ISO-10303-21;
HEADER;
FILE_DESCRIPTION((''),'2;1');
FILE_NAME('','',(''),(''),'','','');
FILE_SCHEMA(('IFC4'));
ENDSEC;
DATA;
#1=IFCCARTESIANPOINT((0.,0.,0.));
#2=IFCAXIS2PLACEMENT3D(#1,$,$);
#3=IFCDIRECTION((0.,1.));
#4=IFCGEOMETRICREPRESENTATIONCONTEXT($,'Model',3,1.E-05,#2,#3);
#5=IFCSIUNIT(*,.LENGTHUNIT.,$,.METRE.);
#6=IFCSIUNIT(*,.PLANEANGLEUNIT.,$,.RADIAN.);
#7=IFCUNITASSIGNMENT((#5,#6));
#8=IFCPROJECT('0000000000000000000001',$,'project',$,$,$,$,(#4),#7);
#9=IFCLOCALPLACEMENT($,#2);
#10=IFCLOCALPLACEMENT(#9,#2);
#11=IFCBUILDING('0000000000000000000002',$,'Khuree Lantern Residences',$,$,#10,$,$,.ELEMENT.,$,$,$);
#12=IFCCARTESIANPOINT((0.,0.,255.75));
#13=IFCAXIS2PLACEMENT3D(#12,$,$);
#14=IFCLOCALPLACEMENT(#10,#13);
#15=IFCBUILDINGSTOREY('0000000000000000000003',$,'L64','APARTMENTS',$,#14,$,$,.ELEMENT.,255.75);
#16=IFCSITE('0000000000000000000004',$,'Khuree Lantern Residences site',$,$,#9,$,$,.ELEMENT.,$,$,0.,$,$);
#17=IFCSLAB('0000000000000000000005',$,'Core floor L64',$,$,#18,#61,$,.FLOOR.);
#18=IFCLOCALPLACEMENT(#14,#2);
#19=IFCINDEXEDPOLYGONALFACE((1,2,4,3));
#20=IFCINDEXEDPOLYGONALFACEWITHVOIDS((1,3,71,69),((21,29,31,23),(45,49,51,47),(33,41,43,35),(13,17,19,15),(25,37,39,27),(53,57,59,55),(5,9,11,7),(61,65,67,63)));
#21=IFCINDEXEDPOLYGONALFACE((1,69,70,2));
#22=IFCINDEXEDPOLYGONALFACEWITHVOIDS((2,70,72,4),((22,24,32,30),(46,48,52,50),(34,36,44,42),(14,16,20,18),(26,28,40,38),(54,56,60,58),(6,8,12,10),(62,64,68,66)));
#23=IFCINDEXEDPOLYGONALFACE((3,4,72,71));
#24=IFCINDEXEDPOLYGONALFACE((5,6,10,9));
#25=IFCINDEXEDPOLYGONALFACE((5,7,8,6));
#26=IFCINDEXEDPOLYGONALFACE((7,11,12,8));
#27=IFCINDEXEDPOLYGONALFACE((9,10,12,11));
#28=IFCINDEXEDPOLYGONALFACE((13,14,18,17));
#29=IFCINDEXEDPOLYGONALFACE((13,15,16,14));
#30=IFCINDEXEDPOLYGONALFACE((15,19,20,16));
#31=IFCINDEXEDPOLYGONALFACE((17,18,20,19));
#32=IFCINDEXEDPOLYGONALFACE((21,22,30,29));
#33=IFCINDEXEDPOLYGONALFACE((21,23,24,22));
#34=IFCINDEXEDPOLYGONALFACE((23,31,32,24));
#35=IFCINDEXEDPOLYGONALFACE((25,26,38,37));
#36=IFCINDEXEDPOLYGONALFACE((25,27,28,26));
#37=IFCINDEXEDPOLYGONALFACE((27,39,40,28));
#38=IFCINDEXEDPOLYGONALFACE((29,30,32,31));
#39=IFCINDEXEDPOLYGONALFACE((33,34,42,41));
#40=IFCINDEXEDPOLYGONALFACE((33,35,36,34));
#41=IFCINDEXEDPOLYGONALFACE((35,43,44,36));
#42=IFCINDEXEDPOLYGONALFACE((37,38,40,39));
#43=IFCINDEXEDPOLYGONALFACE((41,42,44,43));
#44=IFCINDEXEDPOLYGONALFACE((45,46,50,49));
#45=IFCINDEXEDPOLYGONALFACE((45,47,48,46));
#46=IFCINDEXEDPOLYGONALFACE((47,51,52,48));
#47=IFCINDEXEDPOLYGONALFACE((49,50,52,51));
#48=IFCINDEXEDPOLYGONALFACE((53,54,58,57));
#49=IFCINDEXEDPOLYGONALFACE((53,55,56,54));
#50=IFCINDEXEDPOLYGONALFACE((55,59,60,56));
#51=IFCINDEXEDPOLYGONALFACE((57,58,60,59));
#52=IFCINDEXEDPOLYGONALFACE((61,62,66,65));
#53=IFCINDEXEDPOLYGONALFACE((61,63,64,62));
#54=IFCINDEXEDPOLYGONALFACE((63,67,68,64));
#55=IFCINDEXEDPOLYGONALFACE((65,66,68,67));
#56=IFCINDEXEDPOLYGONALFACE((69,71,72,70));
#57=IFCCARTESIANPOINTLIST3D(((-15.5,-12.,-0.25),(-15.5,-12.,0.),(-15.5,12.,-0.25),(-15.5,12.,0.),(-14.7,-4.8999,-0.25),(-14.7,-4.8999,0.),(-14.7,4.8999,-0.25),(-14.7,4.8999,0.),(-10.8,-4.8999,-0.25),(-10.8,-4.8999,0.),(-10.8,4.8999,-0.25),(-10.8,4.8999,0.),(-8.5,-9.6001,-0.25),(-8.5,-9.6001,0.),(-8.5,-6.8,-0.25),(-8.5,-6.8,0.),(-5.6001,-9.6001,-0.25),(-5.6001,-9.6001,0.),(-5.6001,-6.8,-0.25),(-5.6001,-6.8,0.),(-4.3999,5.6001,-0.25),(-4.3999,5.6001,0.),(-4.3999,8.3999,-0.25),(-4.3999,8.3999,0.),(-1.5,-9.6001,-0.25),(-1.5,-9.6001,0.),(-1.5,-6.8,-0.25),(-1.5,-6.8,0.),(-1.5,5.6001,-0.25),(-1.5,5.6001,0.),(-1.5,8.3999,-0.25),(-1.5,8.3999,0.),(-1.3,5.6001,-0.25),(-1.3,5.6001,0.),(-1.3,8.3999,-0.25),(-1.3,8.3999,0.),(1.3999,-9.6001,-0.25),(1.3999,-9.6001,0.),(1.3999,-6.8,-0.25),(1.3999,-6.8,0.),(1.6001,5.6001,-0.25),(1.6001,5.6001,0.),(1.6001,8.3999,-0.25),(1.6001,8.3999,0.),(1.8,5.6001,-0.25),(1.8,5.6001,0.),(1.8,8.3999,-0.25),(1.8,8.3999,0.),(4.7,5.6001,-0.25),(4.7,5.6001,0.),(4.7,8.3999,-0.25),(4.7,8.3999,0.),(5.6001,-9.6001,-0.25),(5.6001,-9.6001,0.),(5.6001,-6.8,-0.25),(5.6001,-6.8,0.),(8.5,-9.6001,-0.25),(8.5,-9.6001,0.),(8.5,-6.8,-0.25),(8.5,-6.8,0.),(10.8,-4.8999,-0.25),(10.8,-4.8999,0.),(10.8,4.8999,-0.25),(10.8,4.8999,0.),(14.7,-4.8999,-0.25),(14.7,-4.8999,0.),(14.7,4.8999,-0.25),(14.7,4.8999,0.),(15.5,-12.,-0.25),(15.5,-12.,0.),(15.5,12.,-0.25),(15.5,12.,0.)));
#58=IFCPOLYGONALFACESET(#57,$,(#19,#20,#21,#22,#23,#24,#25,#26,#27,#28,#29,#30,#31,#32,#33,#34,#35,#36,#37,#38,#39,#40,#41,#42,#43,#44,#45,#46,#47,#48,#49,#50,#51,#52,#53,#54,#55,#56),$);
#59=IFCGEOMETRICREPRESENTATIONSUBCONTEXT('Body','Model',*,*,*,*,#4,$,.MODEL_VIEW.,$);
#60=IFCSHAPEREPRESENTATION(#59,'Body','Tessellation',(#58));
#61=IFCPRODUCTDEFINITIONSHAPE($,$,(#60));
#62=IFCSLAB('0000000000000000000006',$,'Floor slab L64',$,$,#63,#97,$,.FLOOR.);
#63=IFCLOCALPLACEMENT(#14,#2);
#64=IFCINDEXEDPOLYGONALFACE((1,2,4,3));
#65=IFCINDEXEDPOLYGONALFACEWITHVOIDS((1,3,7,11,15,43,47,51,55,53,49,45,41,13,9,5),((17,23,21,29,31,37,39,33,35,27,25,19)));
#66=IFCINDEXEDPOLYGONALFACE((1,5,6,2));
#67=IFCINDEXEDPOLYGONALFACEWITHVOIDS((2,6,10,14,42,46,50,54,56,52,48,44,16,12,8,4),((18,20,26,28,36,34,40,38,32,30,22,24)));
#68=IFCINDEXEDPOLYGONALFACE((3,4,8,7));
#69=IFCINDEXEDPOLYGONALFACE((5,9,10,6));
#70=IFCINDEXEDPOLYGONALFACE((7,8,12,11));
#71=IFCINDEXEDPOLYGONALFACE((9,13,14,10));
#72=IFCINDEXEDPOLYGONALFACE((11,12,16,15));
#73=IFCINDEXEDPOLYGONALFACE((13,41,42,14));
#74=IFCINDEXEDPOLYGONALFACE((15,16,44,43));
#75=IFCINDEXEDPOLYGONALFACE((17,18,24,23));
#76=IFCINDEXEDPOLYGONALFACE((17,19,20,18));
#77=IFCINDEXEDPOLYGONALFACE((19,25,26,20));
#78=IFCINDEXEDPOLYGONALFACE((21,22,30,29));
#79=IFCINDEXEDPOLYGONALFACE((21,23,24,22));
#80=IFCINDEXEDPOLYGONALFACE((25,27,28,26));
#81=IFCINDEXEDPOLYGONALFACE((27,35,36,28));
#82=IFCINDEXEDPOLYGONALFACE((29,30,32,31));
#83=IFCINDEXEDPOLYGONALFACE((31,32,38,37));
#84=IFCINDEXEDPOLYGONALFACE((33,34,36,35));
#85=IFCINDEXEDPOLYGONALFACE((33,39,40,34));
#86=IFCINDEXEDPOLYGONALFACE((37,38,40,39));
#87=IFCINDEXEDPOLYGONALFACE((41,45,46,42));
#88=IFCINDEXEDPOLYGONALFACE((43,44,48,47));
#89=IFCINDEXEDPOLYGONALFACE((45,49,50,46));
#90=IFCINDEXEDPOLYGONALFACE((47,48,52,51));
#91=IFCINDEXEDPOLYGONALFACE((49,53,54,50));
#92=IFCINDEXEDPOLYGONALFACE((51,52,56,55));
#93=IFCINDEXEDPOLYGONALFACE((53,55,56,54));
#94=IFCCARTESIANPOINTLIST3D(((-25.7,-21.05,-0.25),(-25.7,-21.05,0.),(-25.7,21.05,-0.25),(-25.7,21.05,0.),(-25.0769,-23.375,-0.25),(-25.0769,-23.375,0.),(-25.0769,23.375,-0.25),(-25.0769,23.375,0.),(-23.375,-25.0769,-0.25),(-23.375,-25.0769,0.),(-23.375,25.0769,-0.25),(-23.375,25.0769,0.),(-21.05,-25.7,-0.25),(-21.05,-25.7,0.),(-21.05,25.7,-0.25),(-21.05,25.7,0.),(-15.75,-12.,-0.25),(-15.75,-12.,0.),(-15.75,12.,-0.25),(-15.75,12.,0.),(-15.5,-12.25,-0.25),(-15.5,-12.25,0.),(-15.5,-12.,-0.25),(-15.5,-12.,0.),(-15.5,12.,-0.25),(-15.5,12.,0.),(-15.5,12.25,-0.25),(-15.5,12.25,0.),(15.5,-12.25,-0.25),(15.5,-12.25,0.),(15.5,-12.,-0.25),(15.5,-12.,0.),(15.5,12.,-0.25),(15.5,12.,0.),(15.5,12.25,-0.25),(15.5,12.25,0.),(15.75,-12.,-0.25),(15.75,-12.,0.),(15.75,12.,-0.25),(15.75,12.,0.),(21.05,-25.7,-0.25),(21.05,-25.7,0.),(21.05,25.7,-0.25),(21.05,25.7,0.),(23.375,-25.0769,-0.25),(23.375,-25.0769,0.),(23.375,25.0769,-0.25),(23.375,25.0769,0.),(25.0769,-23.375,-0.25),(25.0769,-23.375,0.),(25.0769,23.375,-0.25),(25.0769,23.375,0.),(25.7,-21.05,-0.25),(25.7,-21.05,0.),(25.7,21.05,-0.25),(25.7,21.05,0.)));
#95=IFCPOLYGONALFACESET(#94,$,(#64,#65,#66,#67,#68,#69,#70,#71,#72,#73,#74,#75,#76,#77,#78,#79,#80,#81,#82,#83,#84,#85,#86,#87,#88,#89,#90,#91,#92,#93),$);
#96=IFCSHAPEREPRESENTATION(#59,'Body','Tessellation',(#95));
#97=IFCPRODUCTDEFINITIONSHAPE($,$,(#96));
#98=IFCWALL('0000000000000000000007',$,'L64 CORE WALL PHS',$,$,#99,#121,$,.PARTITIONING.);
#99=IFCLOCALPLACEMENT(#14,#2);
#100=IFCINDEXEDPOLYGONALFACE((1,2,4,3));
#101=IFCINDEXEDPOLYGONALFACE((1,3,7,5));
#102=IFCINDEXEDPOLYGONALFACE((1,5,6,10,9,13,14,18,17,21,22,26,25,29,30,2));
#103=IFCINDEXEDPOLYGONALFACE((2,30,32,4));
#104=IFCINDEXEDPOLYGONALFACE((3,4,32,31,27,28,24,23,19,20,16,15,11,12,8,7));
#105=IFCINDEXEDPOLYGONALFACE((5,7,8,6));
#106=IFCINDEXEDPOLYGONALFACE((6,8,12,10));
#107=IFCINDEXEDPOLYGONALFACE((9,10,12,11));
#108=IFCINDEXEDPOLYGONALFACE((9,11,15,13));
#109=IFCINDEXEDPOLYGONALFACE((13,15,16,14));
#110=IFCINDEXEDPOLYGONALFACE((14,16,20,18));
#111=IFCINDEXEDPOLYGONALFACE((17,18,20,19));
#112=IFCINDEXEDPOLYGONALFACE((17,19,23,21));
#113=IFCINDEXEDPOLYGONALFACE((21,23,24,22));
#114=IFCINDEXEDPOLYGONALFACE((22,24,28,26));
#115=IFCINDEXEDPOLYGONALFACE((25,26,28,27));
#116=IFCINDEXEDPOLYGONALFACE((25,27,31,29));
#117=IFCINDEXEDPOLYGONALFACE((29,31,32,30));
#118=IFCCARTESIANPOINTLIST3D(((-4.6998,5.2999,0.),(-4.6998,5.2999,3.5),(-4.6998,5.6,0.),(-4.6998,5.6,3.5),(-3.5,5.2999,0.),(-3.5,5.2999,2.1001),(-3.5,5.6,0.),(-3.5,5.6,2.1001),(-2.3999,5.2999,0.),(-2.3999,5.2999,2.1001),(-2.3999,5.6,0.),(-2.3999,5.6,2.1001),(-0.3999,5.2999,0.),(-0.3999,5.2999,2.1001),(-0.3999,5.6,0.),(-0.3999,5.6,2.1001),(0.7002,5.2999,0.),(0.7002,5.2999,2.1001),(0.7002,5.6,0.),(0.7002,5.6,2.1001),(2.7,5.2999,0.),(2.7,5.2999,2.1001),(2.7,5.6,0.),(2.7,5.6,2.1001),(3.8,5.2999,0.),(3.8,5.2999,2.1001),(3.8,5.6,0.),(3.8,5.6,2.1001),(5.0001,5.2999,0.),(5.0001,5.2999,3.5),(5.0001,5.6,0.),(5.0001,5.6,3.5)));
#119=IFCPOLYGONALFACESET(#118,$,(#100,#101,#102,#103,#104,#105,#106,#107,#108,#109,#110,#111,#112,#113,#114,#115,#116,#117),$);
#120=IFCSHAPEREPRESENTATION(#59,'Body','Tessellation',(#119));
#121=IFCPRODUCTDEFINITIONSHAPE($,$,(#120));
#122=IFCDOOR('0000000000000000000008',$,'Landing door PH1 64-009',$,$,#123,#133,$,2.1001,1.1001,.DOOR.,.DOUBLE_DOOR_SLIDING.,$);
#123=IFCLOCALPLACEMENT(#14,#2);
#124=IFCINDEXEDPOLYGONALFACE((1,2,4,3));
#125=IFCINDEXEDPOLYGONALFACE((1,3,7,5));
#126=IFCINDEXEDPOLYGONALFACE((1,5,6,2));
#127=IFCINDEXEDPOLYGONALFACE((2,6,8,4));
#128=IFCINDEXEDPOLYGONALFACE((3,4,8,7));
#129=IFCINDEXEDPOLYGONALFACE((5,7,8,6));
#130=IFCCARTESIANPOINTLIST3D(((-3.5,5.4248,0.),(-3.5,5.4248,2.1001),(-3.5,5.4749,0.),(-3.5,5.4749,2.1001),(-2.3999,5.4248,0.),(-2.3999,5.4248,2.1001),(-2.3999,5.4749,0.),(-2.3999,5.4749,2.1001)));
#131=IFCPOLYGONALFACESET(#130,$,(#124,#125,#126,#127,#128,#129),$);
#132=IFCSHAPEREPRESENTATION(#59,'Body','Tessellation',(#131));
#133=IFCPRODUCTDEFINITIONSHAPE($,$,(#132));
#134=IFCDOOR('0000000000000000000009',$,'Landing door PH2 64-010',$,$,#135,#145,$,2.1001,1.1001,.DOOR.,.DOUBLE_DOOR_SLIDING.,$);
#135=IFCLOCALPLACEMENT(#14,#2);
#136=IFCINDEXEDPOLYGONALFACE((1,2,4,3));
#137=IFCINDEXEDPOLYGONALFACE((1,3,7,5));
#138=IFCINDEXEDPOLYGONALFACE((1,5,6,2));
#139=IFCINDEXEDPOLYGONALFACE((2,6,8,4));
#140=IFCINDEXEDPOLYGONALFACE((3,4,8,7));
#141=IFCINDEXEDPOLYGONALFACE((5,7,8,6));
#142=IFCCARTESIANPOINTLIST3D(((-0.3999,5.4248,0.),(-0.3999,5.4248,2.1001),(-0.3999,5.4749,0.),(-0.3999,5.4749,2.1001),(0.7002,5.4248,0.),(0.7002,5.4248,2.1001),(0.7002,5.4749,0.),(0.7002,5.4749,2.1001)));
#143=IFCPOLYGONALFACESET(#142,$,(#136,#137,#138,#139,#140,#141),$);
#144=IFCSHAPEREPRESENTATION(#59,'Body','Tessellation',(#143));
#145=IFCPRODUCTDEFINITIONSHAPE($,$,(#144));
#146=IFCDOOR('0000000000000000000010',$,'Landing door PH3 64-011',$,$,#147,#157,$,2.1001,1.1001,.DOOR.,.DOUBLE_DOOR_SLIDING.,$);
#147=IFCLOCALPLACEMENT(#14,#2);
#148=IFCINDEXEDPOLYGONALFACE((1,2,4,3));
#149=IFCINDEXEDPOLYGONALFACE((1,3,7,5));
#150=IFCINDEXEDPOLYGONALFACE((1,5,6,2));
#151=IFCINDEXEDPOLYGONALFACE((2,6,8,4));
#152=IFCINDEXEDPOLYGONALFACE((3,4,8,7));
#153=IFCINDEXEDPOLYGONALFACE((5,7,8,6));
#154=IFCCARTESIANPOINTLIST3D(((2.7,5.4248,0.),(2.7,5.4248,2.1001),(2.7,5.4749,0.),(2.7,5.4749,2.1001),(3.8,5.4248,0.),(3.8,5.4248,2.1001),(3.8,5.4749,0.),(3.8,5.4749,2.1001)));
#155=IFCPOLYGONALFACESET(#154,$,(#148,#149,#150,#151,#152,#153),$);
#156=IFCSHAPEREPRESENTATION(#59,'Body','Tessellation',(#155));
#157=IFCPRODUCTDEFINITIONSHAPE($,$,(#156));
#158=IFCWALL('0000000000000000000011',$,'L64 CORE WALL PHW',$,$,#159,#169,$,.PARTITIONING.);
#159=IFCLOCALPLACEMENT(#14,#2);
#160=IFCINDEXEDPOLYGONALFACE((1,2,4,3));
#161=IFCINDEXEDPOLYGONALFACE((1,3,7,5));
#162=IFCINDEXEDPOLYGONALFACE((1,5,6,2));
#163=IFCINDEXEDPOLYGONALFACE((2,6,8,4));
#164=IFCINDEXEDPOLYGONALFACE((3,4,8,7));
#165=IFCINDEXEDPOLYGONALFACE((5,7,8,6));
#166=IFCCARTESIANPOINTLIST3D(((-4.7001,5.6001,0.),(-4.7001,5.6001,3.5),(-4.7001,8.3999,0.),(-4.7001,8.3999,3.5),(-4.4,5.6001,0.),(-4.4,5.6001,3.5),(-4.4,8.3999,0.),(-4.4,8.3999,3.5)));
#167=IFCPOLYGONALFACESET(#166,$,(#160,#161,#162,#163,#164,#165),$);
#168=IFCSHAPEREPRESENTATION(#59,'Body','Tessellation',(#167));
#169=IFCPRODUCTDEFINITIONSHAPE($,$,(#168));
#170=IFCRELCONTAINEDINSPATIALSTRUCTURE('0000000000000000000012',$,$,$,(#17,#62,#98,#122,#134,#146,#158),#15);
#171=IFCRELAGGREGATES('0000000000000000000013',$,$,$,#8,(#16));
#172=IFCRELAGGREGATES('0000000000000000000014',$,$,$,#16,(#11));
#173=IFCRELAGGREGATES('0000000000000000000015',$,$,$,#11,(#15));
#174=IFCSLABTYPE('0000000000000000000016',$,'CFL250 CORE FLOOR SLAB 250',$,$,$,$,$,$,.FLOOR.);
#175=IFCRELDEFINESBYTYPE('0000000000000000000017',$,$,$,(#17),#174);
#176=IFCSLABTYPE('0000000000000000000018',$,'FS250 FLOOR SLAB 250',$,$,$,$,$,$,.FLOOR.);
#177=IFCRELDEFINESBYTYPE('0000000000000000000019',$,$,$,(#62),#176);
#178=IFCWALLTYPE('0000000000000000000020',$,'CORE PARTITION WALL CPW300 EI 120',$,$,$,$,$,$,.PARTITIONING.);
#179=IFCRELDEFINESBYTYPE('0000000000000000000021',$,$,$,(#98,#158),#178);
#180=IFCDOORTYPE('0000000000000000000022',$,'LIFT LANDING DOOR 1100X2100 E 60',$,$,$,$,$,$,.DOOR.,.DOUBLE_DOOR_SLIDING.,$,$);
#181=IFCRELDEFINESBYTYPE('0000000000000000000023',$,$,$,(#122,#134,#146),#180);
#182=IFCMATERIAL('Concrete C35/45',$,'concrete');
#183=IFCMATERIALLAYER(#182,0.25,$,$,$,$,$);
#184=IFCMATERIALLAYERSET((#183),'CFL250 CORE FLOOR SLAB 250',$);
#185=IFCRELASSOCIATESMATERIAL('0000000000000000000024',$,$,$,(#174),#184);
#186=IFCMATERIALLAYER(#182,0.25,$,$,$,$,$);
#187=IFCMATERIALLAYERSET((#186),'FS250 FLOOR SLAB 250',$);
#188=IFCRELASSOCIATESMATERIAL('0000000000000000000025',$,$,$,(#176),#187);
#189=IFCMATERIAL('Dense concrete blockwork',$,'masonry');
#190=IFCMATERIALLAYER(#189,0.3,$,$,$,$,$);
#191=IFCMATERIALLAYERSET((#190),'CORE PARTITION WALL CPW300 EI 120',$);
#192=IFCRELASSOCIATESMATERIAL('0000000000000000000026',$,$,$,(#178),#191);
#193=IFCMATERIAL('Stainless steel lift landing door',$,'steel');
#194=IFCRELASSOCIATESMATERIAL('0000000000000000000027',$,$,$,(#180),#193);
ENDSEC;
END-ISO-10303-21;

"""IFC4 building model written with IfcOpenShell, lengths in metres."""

from ifc_helpers import new_model, si_unit, direction, frame, frame_2d, origin, place, context, subcontext, project, spatial, polyline, rectangle, outline, extrude, material, layer, layer_set, type_object, element, fill, save


model = new_model("IFC4")

# Units and contexts
model_context = context("Model", 3, precision=1e-05, world=origin(), true_north=direction((0.0, 1.0)))
body_context = subcontext(model_context, "Body", "Model", "MODEL_VIEW")
ifc_project = project(units=[si_unit("LENGTHUNIT", "METRE"), si_unit("PLANEANGLEUNIT", "RADIAN")], contexts=[model_context])

# Site, building, storey
site_placement = place(None, origin())
site = spatial("IfcSite", under=ifc_project, at=site_placement, Name="Khuree Lantern Residences site", CompositionType="ELEMENT", RefElevation=0.0)
building_placement = place(site_placement, origin())
building = spatial("IfcBuilding", under=site, at=building_placement, Name="Khuree Lantern Residences", CompositionType="ELEMENT")
storey_placement = place(building_placement, frame((0.0, 0.0, 255.75)))
storey = spatial("IfcBuildingStorey", under=building, at=storey_placement, Name="L64", Description="APARTMENTS", CompositionType="ELEMENT", Elevation=255.75)

# Slabs
ifc_material_1 = material(Name="Concrete C35/45", Category="concrete")
ifc_layer_1 = layer(ifc_material_1, 0.25)
ifc_layer_set_1 = layer_set([ifc_layer_1], Name="CFL250 CORE FLOOR SLAB 250")
slab_type_1 = type_object("IfcSlabType", Name="CFL250 CORE FLOOR SLAB 250", PredefinedType="FLOOR", material=ifc_layer_set_1)
slab_1_placement = place(storey_placement, frame((0.0, 0.0, -0.25)))
element("IfcSlab", 1, at=slab_1_placement, inside=storey, type_object=slab_type_1, Name="Core floor L64", PredefinedType="FLOOR", context=body_context, shape_type="SweptSolid", body=[
    extrude(outline(polyline([(-15.5, -12.0), (-15.5, 12.0), (15.5, 12.0), (15.5, -12.0), (-15.5, -12.0)]), holes=[polyline([(10.8, 4.8999), (10.8, -4.8999), (14.7, -4.8999), (14.7, 4.8999), (10.8, 4.8999)]), polyline([(5.6001, -6.8), (5.6001, -9.6001), (8.5, -9.6001), (8.5, -6.8), (5.6001, -6.8)]), polyline([(1.8, 8.3999), (1.8, 5.6001), (4.7, 5.6001), (4.7, 8.3999), (1.8, 8.3999)]), polyline([(-1.3, 8.3999), (-1.3, 5.6001), (1.6001, 5.6001), (1.6001, 8.3999), (-1.3, 8.3999)]), polyline([(-1.5, -6.8), (-1.5, -9.6001), (1.3999, -9.6001), (1.3999, -6.8), (-1.5, -6.8)]), polyline([(-4.3999, 8.3999), (-4.3999, 5.6001), (-1.5, 5.6001), (-1.5, 8.3999), (-4.3999, 8.3999)]), polyline([(-8.5, -6.8), (-8.5, -9.6001), (-5.6001, -9.6001), (-5.6001, -6.8), (-8.5, -6.8)]), polyline([(-14.7, 4.8999), (-14.7, -4.8999), (-10.8, -4.8999), (-10.8, 4.8999), (-14.7, 4.8999)])]), origin(), (0.0, 0.0, 1.0), 0.25),
])
ifc_layer_2 = layer(ifc_material_1, 0.25)
ifc_layer_set_2 = layer_set([ifc_layer_2], Name="FS250 FLOOR SLAB 250")
slab_type_2 = type_object("IfcSlabType", Name="FS250 FLOOR SLAB 250", PredefinedType="FLOOR", material=ifc_layer_set_2)
slab_2_placement = place(storey_placement, frame((0.0, 0.0, -0.25)))
element("IfcSlab", 2, at=slab_2_placement, inside=storey, type_object=slab_type_2, Name="Floor slab L64", PredefinedType="FLOOR", context=body_context, shape_type="SweptSolid", body=[
    extrude(outline(polyline([(-23.375, -25.0769), (-25.0769, -23.375), (-25.7, -21.05), (-25.7, 21.05), (-25.0769, 23.375), (-23.375, 25.0769), (-21.05, 25.7), (21.05, 25.7), (23.375, 25.0769), (25.0769, 23.375), (25.7, 21.05), (25.7, -21.05), (25.0769, -23.375), (23.375, -25.0769), (21.05, -25.7), (-21.05, -25.7), (-23.375, -25.0769)]), holes=[polyline([(15.75, 12.0), (15.5, 12.0), (15.5, 12.25), (-15.5, 12.25), (-15.5, 12.0), (-15.75, 12.0), (-15.75, -12.0), (-15.5, -12.0), (-15.5, -12.25), (15.5, -12.25), (15.5, -12.0), (15.75, -12.0), (15.75, 12.0)])]), origin(), (0.0, 0.0, 1.0), 0.25),
])

# Wall, openings, doors
ifc_material_2 = material(Name="Dense concrete blockwork", Category="masonry")
ifc_layer_3 = layer(ifc_material_2, 0.3)
ifc_layer_set_3 = layer_set([ifc_layer_3], Name="CORE PARTITION WALL CPW300 EI 120")
wall_type_1 = type_object("IfcWallType", Name="CORE PARTITION WALL CPW300 EI 120", PredefinedType="PARTITIONING", material=ifc_layer_set_3)
wall_1_placement = place(storey_placement, frame((-4.7, 5.45, 0.0), z_axis=(0.0, 0.0, 1.0), x_axis=(1.0, 0.0, 0.0)))
wall_1 = element("IfcWall", 3, at=wall_1_placement, inside=storey, type_object=wall_type_1, Name="L64 CORE WALL PHS", PredefinedType="PARTITIONING", context=body_context, shape_type="SweptSolid", body=[
    extrude(rectangle(XDim=9.7, YDim=0.3, at=frame_2d((4.8501, 0.0))), origin(), (0.0, 0.0, 1.0), 3.5),
])
opening_1_placement = place(wall_1_placement, frame((1.2, 0.0, 0.0)))
opening_1 = element("IfcOpeningElement", 4, at=opening_1_placement, cuts=wall_1, PredefinedType="OPENING", context=body_context, shape_type="SweptSolid", body=[
    extrude(rectangle(XDim=1.1001, YDim=2.1001, at=frame_2d((0.55, 1.05))), frame((0.0, 0.1602, 0.0), z_axis=(0.0, -1.0, 0.0), x_axis=(1.0, 0.0, 0.0)), (0.0, 0.0, 1.0), 0.3201),
])
opening_2_placement = place(wall_1_placement, frame((4.3, 0.0, 0.0)))
opening_2 = element("IfcOpeningElement", 5, at=opening_2_placement, cuts=wall_1, PredefinedType="OPENING", context=body_context, shape_type="SweptSolid", body=[
    extrude(rectangle(XDim=1.1001, YDim=2.1001, at=frame_2d((0.55, 1.05))), frame((0.0, 0.1602, 0.0), z_axis=(0.0, -1.0, 0.0), x_axis=(1.0, 0.0, 0.0)), (0.0, 0.0, 1.0), 0.3201),
])
opening_3_placement = place(wall_1_placement, frame((7.3999, 0.0, 0.0)))
opening_3 = element("IfcOpeningElement", 6, at=opening_3_placement, cuts=wall_1, PredefinedType="OPENING", context=body_context, shape_type="SweptSolid", body=[
    extrude(rectangle(XDim=1.1001, YDim=2.1001, at=frame_2d((0.55, 1.05))), frame((0.0, 0.1602, 0.0), z_axis=(0.0, -1.0, 0.0), x_axis=(1.0, 0.0, 0.0)), (0.0, 0.0, 1.0), 0.3201),
])
ifc_material_3 = material(Name="Stainless steel lift landing door", Category="steel")
door_type_1 = type_object("IfcDoorType", Name="LIFT LANDING DOOR 1100X2100 E 60", OperationType="DOUBLE_DOOR_SLIDING", PredefinedType="DOOR", material=ifc_material_3)
door_1_placement = place(opening_1_placement, origin())
door_1 = element("IfcDoor", 7, at=door_1_placement, inside=storey, type_object=door_type_1, Name="Landing door PH1 64-009", OperationType="DOUBLE_DOOR_SLIDING", OverallHeight=2.1001, OverallWidth=1.1001, PredefinedType="DOOR", context=body_context, shape_type="SweptSolid", body=[
    extrude(rectangle(XDim=1.1001, YDim=2.1001, at=frame_2d((0.55, 1.05))), frame((0.0, 0.0249, 0.0), z_axis=(0.0, -1.0, 0.0), x_axis=(1.0, 0.0, 0.0)), (0.0, 0.0, 1.0), 0.05),
])
fill(opening_1, door_1)
door_2_placement = place(opening_2_placement, origin())
door_2 = element("IfcDoor", 8, at=door_2_placement, inside=storey, type_object=door_type_1, Name="Landing door PH2 64-010", OperationType="DOUBLE_DOOR_SLIDING", OverallHeight=2.1001, OverallWidth=1.1001, PredefinedType="DOOR", context=body_context, shape_type="SweptSolid", body=[
    extrude(rectangle(XDim=1.1001, YDim=2.1001, at=frame_2d((0.55, 1.05))), frame((0.0, 0.0249, 0.0), z_axis=(0.0, -1.0, 0.0), x_axis=(1.0, 0.0, 0.0)), (0.0, 0.0, 1.0), 0.05),
])
fill(opening_2, door_2)
door_3_placement = place(opening_3_placement, origin())
door_3 = element("IfcDoor", 9, at=door_3_placement, inside=storey, type_object=door_type_1, Name="Landing door PH3 64-011", OperationType="DOUBLE_DOOR_SLIDING", OverallHeight=2.1001, OverallWidth=1.1001, PredefinedType="DOOR", context=body_context, shape_type="SweptSolid", body=[
    extrude(rectangle(XDim=1.1001, YDim=2.1001, at=frame_2d((0.55, 1.05))), frame((0.0, 0.0249, 0.0), z_axis=(0.0, -1.0, 0.0), x_axis=(1.0, 0.0, 0.0)), (0.0, 0.0, 1.0), 0.05),
])
fill(opening_3, door_3)

# Wall
wall_2_placement = place(storey_placement, frame((-4.55, 5.6001, 0.0), z_axis=(0.0, 0.0, 1.0), x_axis=(0.0, 1.0, 0.0)))
element("IfcWall", 10, at=wall_2_placement, inside=storey, type_object=wall_type_1, Name="L64 CORE WALL PHW", PredefinedType="PARTITIONING", context=body_context, shape_type="SweptSolid", body=[
    extrude(rectangle(XDim=2.7998, YDim=0.3, at=frame_2d((1.3999, 0.0))), origin(), (0.0, 0.0, 1.0), 3.5),
])

save(model, "model.ifc")
